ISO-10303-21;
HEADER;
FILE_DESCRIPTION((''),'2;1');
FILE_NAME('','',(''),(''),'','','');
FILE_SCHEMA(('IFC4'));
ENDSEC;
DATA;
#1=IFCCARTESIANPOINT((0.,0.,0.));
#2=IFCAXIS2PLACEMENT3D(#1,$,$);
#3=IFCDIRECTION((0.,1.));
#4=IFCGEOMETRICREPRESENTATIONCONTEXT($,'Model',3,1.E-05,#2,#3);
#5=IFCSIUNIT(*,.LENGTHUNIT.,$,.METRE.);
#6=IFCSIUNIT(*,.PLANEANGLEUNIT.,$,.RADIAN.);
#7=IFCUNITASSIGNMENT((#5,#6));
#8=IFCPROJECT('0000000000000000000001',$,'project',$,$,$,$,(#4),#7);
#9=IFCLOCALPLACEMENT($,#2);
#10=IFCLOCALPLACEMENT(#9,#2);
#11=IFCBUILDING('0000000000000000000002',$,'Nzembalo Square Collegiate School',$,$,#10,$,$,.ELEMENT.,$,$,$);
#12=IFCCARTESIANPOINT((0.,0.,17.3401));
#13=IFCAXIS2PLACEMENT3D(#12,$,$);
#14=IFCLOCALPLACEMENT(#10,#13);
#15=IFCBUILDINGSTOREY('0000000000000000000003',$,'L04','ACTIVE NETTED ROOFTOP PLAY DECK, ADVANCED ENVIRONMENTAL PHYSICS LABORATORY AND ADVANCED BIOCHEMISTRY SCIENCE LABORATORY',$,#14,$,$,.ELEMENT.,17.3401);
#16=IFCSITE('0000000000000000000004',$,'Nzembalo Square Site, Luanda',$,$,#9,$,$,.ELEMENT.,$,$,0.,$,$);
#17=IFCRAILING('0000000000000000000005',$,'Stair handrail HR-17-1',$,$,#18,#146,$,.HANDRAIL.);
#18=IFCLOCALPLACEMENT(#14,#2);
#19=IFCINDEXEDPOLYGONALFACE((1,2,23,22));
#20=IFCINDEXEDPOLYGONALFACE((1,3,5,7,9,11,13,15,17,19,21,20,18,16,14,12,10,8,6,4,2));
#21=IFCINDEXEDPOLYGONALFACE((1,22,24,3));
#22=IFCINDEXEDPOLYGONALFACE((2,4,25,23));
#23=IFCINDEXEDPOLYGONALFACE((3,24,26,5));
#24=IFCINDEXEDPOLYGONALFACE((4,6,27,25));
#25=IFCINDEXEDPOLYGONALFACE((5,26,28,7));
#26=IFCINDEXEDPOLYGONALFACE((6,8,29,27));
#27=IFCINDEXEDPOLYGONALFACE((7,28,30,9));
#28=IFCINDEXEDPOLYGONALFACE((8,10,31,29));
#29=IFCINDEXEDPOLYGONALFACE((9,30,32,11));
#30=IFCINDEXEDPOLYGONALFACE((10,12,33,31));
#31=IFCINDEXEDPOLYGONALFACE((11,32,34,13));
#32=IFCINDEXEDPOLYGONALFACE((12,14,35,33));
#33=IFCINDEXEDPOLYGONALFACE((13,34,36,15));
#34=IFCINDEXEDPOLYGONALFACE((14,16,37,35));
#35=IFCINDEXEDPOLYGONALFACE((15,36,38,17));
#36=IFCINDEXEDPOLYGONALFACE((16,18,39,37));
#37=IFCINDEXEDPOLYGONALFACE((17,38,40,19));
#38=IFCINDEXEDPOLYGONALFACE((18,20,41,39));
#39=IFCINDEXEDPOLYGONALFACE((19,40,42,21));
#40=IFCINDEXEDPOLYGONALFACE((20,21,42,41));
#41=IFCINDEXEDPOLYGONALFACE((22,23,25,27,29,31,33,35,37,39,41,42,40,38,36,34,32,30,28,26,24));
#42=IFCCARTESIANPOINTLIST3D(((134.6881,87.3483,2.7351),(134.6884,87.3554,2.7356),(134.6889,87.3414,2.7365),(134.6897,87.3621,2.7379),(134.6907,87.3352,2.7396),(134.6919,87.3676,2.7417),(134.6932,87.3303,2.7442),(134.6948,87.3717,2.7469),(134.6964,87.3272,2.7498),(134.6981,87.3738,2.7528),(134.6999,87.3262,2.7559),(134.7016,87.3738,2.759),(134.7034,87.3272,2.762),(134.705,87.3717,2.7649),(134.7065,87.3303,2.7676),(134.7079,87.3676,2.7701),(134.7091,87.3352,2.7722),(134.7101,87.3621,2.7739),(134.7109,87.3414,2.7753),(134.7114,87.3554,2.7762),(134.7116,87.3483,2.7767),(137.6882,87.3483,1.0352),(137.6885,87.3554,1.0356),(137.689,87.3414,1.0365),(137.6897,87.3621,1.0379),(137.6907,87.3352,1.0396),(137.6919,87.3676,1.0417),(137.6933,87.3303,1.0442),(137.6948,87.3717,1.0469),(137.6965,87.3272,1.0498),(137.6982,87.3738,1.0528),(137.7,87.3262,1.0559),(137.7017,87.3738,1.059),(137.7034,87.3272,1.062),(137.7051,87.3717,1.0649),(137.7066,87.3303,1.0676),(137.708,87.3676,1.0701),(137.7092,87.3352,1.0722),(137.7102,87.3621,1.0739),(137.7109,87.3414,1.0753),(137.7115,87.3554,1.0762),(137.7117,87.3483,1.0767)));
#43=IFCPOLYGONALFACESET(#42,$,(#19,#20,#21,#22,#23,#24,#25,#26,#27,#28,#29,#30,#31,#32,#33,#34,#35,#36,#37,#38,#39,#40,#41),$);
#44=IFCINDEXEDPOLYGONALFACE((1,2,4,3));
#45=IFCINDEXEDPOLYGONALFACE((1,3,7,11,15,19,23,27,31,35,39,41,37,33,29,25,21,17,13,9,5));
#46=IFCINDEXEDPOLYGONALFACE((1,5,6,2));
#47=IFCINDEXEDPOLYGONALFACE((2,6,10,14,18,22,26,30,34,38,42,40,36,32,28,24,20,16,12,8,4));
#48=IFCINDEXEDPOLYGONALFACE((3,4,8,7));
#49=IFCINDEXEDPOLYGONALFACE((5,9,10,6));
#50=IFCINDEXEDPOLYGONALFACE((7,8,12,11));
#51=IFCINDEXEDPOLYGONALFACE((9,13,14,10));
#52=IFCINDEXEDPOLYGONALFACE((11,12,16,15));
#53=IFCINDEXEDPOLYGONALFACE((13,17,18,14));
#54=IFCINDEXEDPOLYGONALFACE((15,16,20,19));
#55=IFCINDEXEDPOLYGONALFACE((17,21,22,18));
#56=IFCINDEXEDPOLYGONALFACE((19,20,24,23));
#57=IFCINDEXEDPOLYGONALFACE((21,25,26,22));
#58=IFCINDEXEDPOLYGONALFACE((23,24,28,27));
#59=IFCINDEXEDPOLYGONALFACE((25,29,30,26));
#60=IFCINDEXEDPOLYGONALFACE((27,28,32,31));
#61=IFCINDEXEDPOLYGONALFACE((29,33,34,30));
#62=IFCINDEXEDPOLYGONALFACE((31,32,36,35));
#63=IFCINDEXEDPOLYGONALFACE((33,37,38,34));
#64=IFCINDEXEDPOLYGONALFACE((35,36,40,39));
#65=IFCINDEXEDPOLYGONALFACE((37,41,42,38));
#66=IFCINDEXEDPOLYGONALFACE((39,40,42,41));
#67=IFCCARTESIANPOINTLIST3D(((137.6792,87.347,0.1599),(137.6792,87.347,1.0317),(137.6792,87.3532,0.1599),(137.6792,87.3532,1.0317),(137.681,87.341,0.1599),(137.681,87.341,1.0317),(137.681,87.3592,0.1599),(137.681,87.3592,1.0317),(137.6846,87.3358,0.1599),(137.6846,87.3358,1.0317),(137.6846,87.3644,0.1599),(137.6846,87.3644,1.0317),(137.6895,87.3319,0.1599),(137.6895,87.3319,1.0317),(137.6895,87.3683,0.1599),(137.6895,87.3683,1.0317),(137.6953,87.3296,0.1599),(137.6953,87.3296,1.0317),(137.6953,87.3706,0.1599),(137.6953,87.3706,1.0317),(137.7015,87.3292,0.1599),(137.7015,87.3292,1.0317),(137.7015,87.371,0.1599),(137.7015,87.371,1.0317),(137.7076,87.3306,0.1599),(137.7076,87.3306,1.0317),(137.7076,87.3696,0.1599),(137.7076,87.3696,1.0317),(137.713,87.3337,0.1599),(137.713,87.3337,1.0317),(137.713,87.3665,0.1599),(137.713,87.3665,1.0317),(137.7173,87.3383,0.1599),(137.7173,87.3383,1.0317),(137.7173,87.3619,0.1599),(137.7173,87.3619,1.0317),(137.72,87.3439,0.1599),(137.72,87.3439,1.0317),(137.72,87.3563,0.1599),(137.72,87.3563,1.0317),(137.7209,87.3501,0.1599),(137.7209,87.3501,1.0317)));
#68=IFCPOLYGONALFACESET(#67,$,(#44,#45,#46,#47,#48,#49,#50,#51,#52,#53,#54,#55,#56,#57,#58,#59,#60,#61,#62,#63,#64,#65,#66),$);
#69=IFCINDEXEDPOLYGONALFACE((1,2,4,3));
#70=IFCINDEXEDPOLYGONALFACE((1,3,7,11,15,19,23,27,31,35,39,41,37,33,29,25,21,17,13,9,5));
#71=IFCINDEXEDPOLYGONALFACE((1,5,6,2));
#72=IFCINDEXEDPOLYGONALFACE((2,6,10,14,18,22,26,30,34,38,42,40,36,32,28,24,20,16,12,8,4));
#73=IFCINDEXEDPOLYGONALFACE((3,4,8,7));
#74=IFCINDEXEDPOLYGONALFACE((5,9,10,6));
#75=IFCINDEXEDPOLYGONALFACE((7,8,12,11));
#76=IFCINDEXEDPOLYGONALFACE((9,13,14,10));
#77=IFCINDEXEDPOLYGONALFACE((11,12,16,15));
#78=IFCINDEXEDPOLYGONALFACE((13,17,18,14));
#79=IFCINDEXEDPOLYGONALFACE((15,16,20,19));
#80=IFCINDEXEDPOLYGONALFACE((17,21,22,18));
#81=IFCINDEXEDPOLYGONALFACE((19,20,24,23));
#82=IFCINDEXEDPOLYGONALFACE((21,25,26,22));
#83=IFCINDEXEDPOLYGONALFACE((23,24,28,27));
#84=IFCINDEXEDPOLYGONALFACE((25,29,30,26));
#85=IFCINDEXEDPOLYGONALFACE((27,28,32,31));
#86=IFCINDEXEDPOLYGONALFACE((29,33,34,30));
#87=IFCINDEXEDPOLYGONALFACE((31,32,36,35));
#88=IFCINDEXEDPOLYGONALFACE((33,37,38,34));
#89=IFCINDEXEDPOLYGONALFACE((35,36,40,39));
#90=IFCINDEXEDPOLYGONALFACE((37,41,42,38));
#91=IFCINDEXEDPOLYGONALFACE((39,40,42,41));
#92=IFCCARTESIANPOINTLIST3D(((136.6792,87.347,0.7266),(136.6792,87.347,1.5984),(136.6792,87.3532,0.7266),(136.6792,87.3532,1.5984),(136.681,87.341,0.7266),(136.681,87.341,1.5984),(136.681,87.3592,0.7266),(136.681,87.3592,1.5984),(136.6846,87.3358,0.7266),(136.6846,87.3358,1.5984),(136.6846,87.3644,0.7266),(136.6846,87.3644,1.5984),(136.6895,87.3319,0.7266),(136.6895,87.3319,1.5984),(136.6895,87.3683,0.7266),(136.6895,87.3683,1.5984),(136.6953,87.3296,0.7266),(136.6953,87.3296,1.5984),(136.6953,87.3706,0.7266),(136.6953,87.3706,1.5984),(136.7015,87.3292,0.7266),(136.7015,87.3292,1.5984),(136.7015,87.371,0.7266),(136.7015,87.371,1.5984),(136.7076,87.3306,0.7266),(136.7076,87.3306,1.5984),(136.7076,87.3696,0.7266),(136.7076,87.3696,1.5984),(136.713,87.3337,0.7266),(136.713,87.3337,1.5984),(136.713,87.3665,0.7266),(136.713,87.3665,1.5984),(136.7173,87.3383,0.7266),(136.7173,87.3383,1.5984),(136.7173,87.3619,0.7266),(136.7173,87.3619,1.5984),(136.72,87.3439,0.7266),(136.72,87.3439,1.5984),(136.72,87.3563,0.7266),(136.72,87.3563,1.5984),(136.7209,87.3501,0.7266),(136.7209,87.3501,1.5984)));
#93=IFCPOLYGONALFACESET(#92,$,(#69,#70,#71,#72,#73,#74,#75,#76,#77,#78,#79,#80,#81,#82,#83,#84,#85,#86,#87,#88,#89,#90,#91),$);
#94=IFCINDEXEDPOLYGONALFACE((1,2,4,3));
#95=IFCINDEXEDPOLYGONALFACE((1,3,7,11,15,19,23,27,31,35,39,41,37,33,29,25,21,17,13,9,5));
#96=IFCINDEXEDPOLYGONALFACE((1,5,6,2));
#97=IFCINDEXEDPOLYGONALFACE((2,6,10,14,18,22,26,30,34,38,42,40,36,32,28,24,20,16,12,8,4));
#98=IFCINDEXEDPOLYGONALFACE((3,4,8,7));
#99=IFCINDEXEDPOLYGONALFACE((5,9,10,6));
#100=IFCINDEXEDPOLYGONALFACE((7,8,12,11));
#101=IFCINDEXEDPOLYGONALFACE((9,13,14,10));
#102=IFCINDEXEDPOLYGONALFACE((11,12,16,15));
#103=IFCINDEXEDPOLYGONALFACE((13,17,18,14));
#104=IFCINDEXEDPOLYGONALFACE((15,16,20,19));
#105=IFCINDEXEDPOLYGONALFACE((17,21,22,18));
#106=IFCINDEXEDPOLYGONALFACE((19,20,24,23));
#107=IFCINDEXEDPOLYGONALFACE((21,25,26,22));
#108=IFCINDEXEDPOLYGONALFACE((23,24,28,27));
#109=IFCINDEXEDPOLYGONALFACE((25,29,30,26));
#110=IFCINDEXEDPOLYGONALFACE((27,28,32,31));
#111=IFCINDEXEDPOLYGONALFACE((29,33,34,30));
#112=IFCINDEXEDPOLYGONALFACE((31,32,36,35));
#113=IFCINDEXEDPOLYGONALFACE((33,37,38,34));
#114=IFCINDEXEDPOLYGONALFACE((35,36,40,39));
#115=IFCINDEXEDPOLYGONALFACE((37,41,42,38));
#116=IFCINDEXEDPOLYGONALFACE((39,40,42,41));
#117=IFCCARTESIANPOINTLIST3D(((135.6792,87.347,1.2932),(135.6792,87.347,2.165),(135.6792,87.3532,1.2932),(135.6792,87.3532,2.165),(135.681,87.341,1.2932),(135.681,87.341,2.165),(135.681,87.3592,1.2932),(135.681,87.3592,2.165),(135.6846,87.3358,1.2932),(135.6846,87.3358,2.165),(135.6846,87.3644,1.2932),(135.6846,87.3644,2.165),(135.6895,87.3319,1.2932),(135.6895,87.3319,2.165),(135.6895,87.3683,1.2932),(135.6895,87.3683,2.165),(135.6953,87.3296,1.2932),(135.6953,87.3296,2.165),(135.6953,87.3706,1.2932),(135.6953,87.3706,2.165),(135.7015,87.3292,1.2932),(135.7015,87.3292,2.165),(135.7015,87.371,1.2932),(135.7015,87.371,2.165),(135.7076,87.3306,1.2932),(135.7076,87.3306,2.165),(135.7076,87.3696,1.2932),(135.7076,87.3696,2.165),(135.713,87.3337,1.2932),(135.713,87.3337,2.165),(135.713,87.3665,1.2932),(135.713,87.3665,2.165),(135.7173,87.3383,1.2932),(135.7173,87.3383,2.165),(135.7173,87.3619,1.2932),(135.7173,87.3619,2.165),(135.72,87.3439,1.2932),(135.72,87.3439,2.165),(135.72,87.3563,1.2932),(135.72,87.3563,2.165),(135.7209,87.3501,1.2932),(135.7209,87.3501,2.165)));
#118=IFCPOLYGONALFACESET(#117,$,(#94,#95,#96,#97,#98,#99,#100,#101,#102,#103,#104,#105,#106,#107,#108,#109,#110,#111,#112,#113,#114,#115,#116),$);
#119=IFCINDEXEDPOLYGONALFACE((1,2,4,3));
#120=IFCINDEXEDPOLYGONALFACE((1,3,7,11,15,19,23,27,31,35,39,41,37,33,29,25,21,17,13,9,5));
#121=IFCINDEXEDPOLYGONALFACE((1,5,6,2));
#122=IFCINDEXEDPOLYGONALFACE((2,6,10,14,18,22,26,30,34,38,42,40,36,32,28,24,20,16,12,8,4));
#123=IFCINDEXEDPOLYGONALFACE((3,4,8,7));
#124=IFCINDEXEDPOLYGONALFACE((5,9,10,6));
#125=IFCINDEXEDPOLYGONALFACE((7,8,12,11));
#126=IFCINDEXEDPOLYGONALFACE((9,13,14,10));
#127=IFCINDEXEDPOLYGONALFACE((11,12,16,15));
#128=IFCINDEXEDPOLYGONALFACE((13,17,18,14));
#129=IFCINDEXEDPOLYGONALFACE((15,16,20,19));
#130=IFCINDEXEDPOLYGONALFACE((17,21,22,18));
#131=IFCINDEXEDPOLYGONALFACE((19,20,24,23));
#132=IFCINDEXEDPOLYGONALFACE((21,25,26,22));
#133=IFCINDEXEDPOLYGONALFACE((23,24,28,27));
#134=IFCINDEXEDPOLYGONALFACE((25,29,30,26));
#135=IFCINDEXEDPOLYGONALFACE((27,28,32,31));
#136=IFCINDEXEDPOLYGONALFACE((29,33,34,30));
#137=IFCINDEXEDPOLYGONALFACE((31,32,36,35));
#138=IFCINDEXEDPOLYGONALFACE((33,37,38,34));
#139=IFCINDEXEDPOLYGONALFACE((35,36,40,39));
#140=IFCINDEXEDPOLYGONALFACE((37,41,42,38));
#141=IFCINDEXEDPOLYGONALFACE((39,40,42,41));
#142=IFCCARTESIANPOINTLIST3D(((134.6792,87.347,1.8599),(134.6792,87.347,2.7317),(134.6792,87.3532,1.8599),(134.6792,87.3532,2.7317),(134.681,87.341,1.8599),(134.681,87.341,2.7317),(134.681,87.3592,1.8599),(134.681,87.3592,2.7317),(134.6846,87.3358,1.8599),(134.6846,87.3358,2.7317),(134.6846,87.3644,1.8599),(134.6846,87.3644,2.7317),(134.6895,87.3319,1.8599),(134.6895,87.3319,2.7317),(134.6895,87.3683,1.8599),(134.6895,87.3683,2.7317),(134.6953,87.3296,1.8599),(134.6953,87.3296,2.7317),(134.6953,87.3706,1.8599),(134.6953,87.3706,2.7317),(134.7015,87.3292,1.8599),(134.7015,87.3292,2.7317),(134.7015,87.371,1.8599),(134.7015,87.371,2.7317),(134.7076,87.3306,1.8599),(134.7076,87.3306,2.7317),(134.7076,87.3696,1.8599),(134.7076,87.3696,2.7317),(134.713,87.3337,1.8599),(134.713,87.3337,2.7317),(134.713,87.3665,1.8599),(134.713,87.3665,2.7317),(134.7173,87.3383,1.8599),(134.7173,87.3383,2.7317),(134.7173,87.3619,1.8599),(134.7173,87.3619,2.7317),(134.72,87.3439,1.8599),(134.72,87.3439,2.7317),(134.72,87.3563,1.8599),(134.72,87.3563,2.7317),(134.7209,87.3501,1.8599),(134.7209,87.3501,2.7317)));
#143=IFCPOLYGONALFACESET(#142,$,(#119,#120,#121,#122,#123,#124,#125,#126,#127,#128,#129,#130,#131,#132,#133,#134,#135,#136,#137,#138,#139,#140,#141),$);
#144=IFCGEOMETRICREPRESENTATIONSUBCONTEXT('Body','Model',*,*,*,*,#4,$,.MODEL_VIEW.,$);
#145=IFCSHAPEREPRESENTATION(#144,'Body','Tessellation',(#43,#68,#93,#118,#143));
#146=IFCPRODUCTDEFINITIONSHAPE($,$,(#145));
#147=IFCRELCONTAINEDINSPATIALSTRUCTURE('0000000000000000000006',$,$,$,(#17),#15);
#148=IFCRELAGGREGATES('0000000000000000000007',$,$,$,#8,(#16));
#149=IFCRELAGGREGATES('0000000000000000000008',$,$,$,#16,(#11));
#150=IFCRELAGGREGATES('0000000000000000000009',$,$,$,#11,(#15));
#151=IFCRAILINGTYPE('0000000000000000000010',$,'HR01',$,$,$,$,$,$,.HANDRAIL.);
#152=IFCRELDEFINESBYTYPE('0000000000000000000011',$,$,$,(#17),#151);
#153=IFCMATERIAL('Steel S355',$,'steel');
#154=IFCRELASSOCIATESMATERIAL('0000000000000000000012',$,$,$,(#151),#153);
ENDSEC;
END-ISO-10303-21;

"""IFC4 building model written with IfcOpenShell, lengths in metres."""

from ifc_helpers import new_model, si_unit, direction, frame, origin, origin_2d, place, context, subcontext, project, spatial, circle, extrude, material, type_object, element, save


model = new_model("IFC4")

# Units and contexts
model_context = context("Model", 3, precision=1e-05, world=origin(), true_north=direction((0.0, 1.0)))
body_context = subcontext(model_context, "Body", "Model", "MODEL_VIEW")
ifc_project = project(units=[si_unit("LENGTHUNIT", "METRE"), si_unit("PLANEANGLEUNIT", "RADIAN")], contexts=[model_context])

# Site, building, storey
site_placement = place(None, origin())
site = spatial("IfcSite", under=ifc_project, at=site_placement, Name="Nzembalo Square Site, Luanda", CompositionType="ELEMENT", RefElevation=0.0)
building_placement = place(site_placement, origin())
building = spatial("IfcBuilding", under=site, at=building_placement, Name="Nzembalo Square Collegiate School", CompositionType="ELEMENT")
storey_placement = place(building_placement, frame((0.0, 0.0, 17.3401)))
storey = spatial("IfcBuildingStorey", under=building, at=storey_placement, Name="L04", Description="ACTIVE NETTED ROOFTOP PLAY DECK, ADVANCED ENVIRONMENTAL PHYSICS LABORATORY AND ADVANCED BIOCHEMISTRY SCIENCE LABORATORY", CompositionType="ELEMENT", Elevation=17.3401)

# Railing
ifc_material_1 = material(Name="Steel S355", Category="steel")
railing_type_1 = type_object("IfcRailingType", Name="HR01", PredefinedType="HANDRAIL", material=ifc_material_1)
railing_1_placement = place(storey_placement, frame((137.7, 87.3501, 0.1599)))
element("IfcRailing", 1, at=railing_1_placement, inside=storey, type_object=railing_type_1, Name="Stair handrail HR-17-1", PredefinedType="HANDRAIL", context=body_context, shape_type="SweptSolid", body=[
    extrude(circle(Radius=0.0239, at=origin_2d()), frame((0.0, 0.0, 0.896), z_axis=(-0.870028, 0.0, 0.493002), x_axis=(0.0, -1.0, 0.0)), (0.0, 0.0, 1.0), 3.4482),
    extrude(circle(Radius=0.021, at=origin_2d()), origin(), (0.0, 0.0, 1.0), 0.8718),
    extrude(circle(Radius=0.021, at=origin_2d()), frame((-1.0, 0.0, 0.5667)), (0.0, 0.0, 1.0), 0.8718),
    extrude(circle(Radius=0.021, at=origin_2d()), frame((-2.0, 0.0, 1.1333)), (0.0, 0.0, 1.0), 0.8718),
    extrude(circle(Radius=0.021, at=origin_2d()), frame((-3.0, 0.0, 1.7)), (0.0, 0.0, 1.0), 0.8718),
])

save(model, "model.ifc")
